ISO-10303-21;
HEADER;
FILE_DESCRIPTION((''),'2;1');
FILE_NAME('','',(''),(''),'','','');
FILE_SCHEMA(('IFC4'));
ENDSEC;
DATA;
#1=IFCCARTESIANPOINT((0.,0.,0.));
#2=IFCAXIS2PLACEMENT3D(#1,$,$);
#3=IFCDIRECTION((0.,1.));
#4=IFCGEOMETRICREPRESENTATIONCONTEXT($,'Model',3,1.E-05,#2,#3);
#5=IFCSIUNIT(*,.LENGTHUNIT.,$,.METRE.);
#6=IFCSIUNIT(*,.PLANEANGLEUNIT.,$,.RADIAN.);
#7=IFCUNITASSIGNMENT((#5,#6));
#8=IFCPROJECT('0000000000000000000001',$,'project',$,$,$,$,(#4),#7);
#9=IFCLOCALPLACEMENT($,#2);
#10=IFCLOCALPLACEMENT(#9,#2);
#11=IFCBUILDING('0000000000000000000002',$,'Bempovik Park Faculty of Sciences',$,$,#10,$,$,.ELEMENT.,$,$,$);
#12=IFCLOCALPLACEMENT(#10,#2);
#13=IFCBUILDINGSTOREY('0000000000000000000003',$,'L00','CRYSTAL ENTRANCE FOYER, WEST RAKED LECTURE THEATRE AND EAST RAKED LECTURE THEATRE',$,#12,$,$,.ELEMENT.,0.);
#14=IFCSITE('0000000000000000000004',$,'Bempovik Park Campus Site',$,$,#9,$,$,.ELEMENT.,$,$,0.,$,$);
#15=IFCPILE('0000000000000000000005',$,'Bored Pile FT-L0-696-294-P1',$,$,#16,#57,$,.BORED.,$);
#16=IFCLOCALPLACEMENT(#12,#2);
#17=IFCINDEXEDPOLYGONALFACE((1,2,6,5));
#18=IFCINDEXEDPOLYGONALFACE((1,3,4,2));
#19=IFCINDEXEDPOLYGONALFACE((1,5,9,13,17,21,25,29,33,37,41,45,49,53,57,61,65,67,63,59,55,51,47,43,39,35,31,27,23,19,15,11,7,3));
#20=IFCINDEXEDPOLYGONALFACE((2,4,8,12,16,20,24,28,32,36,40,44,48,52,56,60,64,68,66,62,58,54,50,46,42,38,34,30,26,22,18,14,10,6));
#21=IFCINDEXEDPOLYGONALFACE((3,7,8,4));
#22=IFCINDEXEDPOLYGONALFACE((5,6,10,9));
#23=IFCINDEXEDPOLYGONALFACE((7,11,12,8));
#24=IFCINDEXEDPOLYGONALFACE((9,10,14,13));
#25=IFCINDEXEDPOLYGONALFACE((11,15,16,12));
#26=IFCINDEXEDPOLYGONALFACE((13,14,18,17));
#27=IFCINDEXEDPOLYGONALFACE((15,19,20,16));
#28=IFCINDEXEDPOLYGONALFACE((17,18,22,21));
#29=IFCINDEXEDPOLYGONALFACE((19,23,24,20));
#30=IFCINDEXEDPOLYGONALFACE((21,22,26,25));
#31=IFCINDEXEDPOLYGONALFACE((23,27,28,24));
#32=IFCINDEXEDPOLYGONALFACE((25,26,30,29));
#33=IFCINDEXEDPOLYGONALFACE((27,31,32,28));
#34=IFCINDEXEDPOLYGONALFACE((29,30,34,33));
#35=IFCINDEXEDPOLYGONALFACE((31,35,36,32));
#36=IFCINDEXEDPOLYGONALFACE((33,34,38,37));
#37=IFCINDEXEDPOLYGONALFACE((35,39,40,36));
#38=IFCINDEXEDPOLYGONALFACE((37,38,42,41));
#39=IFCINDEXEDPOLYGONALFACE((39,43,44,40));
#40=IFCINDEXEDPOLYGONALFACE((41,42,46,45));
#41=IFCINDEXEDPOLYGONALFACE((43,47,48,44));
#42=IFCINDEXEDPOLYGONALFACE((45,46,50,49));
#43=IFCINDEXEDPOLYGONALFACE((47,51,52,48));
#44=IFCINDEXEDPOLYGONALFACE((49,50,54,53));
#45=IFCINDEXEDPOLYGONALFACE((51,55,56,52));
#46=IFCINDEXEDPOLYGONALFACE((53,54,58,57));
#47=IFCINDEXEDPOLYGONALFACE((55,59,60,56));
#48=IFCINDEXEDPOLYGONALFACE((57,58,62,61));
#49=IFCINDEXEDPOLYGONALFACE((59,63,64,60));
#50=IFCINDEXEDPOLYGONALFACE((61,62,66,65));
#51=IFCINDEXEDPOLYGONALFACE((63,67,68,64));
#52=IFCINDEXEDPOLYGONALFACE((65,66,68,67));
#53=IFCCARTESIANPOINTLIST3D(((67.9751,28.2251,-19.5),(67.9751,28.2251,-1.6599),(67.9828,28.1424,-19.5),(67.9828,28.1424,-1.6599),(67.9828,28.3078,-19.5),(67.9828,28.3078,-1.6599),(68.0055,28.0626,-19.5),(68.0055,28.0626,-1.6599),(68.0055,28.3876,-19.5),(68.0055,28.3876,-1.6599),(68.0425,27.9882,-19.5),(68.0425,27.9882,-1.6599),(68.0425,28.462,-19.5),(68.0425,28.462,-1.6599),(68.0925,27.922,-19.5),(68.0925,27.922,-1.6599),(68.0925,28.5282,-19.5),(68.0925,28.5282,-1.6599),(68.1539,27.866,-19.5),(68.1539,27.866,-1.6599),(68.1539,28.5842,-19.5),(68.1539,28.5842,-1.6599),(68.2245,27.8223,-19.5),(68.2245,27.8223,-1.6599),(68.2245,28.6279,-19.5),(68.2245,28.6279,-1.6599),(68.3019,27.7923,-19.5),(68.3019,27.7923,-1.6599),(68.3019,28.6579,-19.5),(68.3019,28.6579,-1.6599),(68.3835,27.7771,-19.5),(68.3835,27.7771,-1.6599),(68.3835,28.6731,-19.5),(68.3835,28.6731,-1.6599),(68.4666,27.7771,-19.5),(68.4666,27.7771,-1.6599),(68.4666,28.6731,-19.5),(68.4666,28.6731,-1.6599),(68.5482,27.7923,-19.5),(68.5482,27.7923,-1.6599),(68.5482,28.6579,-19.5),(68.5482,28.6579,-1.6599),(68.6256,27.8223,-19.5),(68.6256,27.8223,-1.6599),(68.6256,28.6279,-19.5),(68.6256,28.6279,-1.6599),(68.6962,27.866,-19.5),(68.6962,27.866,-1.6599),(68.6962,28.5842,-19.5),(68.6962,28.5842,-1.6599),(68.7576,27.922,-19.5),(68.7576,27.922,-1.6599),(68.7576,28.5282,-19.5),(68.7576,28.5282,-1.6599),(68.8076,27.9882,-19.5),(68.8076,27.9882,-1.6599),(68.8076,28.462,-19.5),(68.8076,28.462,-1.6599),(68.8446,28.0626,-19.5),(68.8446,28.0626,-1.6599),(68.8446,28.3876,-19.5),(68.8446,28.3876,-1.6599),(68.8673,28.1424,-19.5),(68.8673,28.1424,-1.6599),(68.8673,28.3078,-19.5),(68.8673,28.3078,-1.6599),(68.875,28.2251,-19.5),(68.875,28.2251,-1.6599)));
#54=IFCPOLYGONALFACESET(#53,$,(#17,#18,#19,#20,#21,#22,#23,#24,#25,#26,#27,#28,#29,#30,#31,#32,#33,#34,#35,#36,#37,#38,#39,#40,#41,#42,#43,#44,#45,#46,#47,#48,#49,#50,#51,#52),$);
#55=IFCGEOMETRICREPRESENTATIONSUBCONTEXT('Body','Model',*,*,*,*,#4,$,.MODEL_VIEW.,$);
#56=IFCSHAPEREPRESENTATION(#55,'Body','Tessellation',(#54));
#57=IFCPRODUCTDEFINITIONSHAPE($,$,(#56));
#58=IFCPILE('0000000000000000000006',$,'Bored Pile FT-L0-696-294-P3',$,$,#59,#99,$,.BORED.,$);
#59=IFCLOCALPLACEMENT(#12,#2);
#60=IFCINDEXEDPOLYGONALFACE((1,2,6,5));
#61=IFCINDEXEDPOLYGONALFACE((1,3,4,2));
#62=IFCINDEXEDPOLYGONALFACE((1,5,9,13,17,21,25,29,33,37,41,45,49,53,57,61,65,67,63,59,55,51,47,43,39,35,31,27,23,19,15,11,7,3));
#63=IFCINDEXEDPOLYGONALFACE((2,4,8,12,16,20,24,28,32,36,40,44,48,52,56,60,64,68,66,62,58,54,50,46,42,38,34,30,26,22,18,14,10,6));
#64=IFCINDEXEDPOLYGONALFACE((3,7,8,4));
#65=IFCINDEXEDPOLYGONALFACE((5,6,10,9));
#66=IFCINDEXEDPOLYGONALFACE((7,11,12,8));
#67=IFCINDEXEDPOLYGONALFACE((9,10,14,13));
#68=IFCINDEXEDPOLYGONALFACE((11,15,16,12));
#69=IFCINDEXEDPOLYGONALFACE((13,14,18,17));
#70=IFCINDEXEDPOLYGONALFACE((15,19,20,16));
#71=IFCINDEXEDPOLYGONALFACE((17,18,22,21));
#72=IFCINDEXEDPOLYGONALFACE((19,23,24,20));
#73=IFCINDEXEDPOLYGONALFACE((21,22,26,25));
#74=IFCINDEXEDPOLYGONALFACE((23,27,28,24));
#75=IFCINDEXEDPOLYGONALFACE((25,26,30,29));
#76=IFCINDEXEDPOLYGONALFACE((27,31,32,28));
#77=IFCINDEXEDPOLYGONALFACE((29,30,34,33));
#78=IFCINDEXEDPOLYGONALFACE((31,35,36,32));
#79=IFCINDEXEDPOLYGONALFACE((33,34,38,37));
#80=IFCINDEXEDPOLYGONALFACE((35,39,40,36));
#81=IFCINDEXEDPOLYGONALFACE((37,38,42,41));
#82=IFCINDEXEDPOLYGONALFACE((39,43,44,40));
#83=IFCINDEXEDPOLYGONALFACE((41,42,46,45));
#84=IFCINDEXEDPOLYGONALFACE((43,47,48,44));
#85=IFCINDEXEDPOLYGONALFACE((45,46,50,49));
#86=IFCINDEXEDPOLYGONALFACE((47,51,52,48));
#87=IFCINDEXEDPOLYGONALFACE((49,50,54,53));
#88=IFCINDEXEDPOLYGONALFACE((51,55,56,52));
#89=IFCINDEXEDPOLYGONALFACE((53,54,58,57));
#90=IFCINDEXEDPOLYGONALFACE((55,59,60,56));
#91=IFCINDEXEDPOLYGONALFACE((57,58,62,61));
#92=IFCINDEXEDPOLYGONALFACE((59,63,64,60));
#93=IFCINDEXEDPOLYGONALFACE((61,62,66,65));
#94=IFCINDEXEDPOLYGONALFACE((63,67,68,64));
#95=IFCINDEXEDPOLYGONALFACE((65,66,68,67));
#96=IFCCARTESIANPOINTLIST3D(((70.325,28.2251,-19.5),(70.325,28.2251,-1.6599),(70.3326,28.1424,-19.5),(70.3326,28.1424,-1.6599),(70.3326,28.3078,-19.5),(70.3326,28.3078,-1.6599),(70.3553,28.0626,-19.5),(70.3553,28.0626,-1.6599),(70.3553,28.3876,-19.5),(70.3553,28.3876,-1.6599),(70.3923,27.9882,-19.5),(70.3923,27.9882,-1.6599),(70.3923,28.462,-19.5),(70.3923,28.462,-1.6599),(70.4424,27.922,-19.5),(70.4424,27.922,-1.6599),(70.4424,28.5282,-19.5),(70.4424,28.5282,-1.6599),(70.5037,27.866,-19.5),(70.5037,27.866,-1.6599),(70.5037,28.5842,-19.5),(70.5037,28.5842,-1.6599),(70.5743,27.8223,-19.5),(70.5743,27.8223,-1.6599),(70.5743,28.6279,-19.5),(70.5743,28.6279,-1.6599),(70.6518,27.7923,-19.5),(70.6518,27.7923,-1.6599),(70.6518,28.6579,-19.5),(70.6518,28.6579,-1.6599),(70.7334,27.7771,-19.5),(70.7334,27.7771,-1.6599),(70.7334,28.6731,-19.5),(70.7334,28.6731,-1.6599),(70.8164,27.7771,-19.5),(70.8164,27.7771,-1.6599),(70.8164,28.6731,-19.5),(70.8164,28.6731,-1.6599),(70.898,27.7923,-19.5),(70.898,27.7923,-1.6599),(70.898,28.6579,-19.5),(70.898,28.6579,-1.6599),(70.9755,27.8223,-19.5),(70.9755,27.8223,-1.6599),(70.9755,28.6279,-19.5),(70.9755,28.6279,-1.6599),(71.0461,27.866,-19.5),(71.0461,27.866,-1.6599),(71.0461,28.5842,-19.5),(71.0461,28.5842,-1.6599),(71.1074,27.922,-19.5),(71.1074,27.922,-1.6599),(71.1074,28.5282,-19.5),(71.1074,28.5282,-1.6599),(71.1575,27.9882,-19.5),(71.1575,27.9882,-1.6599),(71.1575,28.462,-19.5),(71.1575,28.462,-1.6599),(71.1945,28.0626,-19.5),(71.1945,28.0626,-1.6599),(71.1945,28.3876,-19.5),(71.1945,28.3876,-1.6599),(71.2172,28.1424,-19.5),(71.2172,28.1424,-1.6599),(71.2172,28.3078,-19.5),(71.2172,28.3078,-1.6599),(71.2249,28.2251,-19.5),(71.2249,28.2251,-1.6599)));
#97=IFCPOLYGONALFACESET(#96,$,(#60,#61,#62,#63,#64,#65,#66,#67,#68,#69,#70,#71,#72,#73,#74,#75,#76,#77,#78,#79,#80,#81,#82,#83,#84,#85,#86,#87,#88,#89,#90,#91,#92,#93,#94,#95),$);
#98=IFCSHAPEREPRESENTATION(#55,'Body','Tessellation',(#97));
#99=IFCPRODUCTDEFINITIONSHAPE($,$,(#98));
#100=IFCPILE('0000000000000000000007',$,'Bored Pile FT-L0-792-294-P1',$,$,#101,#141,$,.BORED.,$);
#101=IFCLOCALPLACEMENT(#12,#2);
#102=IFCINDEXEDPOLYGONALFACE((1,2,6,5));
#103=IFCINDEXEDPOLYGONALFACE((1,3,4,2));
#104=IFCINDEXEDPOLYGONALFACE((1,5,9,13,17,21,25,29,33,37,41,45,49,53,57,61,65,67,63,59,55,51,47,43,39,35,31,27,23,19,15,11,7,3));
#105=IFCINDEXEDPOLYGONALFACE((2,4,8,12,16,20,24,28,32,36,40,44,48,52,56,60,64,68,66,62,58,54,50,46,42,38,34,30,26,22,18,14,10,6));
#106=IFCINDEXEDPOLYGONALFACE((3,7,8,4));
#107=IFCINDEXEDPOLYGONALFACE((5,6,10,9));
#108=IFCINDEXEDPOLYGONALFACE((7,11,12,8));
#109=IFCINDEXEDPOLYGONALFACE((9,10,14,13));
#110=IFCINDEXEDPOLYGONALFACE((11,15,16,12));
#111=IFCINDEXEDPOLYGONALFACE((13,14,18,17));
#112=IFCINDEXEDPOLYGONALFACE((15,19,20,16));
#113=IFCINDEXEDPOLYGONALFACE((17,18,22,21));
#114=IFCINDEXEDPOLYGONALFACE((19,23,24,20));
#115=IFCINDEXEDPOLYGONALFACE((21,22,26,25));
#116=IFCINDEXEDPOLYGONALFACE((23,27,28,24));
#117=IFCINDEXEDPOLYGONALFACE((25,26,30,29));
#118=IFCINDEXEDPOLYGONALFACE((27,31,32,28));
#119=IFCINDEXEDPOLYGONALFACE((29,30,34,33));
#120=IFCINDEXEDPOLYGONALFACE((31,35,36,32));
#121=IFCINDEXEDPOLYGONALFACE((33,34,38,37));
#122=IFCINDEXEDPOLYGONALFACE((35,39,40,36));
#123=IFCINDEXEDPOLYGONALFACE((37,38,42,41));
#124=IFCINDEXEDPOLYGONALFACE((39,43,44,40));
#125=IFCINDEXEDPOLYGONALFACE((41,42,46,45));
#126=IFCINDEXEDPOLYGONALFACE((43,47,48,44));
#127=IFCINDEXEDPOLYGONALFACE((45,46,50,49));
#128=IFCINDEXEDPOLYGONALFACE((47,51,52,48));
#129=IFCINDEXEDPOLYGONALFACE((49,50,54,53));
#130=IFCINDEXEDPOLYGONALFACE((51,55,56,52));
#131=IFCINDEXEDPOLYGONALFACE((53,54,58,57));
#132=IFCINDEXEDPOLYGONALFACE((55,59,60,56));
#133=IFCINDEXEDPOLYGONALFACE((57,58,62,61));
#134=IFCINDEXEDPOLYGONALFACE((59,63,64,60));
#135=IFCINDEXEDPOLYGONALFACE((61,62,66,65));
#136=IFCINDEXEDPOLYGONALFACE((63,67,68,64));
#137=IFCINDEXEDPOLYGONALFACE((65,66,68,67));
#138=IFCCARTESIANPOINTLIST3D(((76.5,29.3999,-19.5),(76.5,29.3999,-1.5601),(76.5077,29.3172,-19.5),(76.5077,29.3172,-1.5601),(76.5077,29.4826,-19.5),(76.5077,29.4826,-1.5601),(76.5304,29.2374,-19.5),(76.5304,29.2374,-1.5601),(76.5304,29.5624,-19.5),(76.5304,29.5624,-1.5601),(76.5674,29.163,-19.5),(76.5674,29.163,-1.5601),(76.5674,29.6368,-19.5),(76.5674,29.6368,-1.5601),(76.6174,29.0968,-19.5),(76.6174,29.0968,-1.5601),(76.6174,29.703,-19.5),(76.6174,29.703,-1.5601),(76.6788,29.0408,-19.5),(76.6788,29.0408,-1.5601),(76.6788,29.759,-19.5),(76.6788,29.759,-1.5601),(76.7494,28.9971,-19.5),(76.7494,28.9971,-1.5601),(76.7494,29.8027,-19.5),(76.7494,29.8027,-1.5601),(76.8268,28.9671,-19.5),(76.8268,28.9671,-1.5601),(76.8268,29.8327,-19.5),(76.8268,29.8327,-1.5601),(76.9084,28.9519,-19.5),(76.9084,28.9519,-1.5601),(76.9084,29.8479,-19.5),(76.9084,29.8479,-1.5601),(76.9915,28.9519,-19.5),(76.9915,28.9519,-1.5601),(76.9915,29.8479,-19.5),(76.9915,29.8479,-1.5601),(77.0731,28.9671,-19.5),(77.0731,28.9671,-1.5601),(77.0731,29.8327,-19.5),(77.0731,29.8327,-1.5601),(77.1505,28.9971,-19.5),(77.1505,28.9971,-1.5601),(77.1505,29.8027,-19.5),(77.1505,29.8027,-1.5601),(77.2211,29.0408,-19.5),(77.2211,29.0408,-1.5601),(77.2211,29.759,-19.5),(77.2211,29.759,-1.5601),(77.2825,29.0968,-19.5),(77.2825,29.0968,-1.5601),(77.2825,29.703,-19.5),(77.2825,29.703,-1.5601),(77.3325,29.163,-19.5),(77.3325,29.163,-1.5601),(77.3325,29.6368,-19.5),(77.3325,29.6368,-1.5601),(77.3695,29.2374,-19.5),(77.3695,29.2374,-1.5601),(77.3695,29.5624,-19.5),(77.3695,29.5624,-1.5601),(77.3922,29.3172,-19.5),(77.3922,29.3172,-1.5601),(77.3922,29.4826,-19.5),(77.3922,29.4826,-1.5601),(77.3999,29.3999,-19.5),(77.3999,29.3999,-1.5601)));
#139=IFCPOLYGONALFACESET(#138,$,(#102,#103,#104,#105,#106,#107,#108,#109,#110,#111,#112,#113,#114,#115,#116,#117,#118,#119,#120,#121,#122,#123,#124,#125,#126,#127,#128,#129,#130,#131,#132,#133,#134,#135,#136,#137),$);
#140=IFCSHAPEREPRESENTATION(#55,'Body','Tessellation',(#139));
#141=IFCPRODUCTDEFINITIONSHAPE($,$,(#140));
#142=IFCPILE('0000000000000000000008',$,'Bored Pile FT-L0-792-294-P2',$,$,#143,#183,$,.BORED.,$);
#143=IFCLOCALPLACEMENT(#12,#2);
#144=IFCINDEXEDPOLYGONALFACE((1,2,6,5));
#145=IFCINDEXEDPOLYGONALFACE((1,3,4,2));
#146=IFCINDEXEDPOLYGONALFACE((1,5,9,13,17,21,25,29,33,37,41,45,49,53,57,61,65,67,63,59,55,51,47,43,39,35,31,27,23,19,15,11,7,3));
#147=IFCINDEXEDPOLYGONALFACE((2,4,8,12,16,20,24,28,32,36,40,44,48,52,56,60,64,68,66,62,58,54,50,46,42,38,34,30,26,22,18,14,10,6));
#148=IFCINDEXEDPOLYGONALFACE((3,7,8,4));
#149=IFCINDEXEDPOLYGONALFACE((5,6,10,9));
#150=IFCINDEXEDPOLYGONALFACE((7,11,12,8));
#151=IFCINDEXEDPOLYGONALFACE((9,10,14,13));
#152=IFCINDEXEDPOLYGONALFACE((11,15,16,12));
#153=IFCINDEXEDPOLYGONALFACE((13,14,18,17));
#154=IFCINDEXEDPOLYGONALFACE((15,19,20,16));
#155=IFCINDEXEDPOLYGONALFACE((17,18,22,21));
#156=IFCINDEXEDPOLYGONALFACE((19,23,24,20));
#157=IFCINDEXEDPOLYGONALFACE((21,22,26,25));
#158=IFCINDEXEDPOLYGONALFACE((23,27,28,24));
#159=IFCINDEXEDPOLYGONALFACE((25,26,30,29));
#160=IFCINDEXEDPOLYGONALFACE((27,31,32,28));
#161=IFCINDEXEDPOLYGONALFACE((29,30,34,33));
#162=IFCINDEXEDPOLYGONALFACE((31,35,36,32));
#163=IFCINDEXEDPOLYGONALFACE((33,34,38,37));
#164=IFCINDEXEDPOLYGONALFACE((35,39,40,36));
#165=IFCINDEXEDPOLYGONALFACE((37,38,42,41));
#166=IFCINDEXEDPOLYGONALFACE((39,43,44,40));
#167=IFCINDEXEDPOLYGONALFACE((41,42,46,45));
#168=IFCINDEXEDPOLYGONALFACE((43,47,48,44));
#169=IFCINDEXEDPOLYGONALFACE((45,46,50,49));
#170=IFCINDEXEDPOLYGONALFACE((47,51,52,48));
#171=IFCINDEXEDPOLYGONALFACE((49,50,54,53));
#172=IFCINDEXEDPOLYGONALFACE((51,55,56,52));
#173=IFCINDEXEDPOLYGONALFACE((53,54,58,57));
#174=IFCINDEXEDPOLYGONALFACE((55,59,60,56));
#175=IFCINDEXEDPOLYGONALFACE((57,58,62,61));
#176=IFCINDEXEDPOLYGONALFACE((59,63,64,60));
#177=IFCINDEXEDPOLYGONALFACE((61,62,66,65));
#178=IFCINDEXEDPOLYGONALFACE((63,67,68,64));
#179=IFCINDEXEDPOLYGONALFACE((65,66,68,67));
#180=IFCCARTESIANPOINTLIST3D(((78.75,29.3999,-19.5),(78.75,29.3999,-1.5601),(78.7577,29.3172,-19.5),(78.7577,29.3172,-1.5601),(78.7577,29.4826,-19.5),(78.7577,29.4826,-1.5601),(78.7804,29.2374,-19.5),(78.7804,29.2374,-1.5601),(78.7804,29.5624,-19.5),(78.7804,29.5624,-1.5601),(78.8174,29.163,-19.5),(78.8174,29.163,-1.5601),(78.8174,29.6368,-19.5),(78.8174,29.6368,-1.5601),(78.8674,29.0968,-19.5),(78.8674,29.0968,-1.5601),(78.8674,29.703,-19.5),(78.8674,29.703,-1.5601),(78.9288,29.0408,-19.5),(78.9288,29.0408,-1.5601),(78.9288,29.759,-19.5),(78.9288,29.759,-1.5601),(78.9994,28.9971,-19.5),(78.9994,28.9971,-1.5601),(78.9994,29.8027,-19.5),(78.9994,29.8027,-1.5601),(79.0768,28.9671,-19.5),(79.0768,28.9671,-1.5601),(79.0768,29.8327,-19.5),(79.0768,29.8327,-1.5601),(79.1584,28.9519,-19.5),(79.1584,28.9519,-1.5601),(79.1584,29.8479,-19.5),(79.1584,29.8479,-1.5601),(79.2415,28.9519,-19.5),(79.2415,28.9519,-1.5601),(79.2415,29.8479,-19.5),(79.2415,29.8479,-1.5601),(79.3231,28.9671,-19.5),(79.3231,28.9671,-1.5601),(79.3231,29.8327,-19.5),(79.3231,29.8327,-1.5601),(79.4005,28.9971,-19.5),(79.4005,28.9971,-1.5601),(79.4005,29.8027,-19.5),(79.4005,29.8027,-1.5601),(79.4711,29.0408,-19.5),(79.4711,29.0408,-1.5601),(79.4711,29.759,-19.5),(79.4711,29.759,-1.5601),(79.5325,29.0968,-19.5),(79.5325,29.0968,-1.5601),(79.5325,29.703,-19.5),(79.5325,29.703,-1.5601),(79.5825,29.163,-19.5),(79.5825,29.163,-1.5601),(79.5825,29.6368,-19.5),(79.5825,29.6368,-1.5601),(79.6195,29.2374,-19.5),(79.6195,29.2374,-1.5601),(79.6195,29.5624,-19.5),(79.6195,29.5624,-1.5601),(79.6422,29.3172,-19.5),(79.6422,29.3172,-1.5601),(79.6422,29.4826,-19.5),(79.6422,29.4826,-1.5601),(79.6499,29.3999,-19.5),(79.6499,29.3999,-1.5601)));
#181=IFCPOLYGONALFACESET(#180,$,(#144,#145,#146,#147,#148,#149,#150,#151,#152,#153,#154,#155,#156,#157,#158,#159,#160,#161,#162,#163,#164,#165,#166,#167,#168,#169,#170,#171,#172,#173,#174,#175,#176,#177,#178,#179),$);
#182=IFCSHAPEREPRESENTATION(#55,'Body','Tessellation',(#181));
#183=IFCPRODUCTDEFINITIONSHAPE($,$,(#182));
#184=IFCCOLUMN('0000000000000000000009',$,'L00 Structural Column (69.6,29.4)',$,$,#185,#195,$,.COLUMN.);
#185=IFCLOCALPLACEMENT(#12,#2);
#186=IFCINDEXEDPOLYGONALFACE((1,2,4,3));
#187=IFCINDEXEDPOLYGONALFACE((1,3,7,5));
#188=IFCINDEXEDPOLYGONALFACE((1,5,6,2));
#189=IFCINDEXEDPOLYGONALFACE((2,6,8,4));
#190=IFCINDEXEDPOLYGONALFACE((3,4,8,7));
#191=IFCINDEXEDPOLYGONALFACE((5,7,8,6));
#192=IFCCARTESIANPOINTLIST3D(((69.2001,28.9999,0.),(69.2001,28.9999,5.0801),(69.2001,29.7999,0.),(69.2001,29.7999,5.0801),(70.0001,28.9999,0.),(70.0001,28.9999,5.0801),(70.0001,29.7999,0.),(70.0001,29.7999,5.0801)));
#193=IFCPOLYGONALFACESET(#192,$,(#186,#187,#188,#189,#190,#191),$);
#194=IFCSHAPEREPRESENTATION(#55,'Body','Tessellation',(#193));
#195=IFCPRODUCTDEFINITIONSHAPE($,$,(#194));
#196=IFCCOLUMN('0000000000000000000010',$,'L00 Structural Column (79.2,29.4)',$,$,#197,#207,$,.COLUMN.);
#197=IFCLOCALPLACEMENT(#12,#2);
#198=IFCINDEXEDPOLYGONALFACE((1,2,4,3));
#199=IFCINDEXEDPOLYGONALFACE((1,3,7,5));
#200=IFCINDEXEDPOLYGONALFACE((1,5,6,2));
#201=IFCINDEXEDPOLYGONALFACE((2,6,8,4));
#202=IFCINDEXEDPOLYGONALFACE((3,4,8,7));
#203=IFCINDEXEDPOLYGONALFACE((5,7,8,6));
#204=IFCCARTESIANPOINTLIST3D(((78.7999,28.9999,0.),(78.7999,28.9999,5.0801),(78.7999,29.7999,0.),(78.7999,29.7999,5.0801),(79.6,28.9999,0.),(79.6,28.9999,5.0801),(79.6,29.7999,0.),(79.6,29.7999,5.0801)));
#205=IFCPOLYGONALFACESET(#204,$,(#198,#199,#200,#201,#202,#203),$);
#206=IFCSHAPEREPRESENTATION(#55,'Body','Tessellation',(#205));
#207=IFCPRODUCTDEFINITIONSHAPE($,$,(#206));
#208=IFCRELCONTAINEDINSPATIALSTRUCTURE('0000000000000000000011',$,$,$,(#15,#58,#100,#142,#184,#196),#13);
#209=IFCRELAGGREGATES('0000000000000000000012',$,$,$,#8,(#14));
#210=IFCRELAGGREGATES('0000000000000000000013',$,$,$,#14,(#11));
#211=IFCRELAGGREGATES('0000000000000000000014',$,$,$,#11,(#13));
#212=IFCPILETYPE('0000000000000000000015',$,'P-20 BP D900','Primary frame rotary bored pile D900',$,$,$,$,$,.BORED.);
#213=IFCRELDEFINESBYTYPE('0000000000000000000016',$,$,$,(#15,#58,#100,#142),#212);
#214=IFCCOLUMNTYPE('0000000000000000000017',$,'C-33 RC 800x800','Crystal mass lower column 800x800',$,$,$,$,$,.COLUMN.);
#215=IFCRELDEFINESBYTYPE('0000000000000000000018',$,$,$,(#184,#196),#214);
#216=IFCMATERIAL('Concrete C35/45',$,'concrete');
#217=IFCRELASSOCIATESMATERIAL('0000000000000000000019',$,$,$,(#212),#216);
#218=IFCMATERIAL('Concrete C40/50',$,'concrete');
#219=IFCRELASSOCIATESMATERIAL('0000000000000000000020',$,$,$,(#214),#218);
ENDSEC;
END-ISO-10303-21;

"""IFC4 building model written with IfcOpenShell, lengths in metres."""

from ifc_helpers import new_model, si_unit, direction, frame, origin, origin_2d, place, context, subcontext, project, spatial, rectangle, circle, extrude, material, material_profile, profile_set, type_object, element, save


model = new_model("IFC4")

# Units and contexts
model_context = context("Model", 3, precision=1e-05, world=origin(), true_north=direction((0.0, 1.0)))
body_context = subcontext(model_context, "Body", "Model", "MODEL_VIEW")
ifc_project = project(units=[si_unit("LENGTHUNIT", "METRE"), si_unit("PLANEANGLEUNIT", "RADIAN")], contexts=[model_context])

# Site, building, storey
site_placement = place(None, origin())
site = spatial("IfcSite", under=ifc_project, at=site_placement, Name="Bempovik Park Campus Site", CompositionType="ELEMENT", RefElevation=0.0)
building_placement = place(site_placement, origin())
building = spatial("IfcBuilding", under=site, at=building_placement, Name="Bempovik Park Faculty of Sciences", CompositionType="ELEMENT")
storey_placement = place(building_placement, origin())
storey = spatial("IfcBuildingStorey", under=building, at=storey_placement, Name="L00", Description="CRYSTAL ENTRANCE FOYER, WEST RAKED LECTURE THEATRE AND EAST RAKED LECTURE THEATRE", CompositionType="ELEMENT", Elevation=0.0)

# Shared definitions
ifc_material_1 = material(Name="Concrete C35/45", Category="concrete")

# Piles
ifc_material_profile_1 = material_profile(ifc_material_1, circle(Radius=0.45, at=origin_2d()), Name="BP D900")
ifc_profile_set_1 = profile_set([ifc_material_profile_1], Name="Concrete C35/45")
pile_type_1 = type_object("IfcPileType", Name="P-20 BP D900", Description="Primary frame rotary bored pile D900", PredefinedType="BORED", material=ifc_profile_set_1)
for number, where, z_axis, x_axis, name in (
    (1, (68.425, 28.2251, -1.6599), (0.0, 0.0, -1.0), (1.0, 0.0, 0.0), "Bored Pile FT-L0-696-294-P1"),
    (2, (70.7749, 28.2251, -1.6599), (0.0, 0.0, -1.0), (1.0, 0.0, 0.0), "Bored Pile FT-L0-696-294-P3"),
):
    element("IfcPile", number, at=place(storey_placement, frame(where, z_axis=z_axis, x_axis=x_axis)), inside=storey, type_object=pile_type_1, Name=name, PredefinedType="BORED", context=body_context, shape_type="SweptSolid", body=[
        extrude(circle(Radius=0.45, at=origin_2d()), origin(), (0.0, 0.0, 1.0), 17.8401),
    ])
for number, where, z_axis, x_axis, name in (
    (3, (76.95, 29.3999, -1.5601), (0.0, 0.0, -1.0), (1.0, 0.0, 0.0), "Bored Pile FT-L0-792-294-P1"),
    (4, (79.2, 29.3999, -1.5601), (0.0, 0.0, -1.0), (1.0, 0.0, 0.0), "Bored Pile FT-L0-792-294-P2"),
):
    element("IfcPile", number, at=place(storey_placement, frame(where, z_axis=z_axis, x_axis=x_axis)), inside=storey, type_object=pile_type_1, Name=name, PredefinedType="BORED", context=body_context, shape_type="SweptSolid", body=[
        extrude(circle(Radius=0.45, at=origin_2d()), origin(), (0.0, 0.0, 1.0), 17.9399),
    ])

# Columns
ifc_material_2 = material(Name="Concrete C40/50", Category="concrete")
ifc_material_profile_2 = material_profile(ifc_material_2, rectangle(XDim=0.8, YDim=0.8, at=origin_2d()), Name="RC 800x800")
ifc_profile_set_2 = profile_set([ifc_material_profile_2], Name="Concrete C40/50")
column_type_1 = type_object("IfcColumnType", Name="C-33 RC 800x800", Description="Crystal mass lower column 800x800", PredefinedType="COLUMN", material=ifc_profile_set_2)
for number, where, z_axis, x_axis, name in (
    (5, (69.6001, 29.3999, 0.0), (0.0, 0.0, 1.0), (1.0, 0.0, 0.0), "L00 Structural Column (69.6,29.4)"),
    (6, (79.2, 29.3999, 0.0), (0.0, 0.0, 1.0), (1.0, 0.0, 0.0), "L00 Structural Column (79.2,29.4)"),
):
    element("IfcColumn", number, at=place(storey_placement, frame(where, z_axis=z_axis, x_axis=x_axis)), inside=storey, type_object=column_type_1, Name=name, PredefinedType="COLUMN", context=body_context, shape_type="SweptSolid", body=[
        extrude(rectangle(XDim=0.8, YDim=0.8, at=origin_2d()), origin(), (0.0, 0.0, 1.0), 5.0801),
    ])

save(model, "model.ifc")
